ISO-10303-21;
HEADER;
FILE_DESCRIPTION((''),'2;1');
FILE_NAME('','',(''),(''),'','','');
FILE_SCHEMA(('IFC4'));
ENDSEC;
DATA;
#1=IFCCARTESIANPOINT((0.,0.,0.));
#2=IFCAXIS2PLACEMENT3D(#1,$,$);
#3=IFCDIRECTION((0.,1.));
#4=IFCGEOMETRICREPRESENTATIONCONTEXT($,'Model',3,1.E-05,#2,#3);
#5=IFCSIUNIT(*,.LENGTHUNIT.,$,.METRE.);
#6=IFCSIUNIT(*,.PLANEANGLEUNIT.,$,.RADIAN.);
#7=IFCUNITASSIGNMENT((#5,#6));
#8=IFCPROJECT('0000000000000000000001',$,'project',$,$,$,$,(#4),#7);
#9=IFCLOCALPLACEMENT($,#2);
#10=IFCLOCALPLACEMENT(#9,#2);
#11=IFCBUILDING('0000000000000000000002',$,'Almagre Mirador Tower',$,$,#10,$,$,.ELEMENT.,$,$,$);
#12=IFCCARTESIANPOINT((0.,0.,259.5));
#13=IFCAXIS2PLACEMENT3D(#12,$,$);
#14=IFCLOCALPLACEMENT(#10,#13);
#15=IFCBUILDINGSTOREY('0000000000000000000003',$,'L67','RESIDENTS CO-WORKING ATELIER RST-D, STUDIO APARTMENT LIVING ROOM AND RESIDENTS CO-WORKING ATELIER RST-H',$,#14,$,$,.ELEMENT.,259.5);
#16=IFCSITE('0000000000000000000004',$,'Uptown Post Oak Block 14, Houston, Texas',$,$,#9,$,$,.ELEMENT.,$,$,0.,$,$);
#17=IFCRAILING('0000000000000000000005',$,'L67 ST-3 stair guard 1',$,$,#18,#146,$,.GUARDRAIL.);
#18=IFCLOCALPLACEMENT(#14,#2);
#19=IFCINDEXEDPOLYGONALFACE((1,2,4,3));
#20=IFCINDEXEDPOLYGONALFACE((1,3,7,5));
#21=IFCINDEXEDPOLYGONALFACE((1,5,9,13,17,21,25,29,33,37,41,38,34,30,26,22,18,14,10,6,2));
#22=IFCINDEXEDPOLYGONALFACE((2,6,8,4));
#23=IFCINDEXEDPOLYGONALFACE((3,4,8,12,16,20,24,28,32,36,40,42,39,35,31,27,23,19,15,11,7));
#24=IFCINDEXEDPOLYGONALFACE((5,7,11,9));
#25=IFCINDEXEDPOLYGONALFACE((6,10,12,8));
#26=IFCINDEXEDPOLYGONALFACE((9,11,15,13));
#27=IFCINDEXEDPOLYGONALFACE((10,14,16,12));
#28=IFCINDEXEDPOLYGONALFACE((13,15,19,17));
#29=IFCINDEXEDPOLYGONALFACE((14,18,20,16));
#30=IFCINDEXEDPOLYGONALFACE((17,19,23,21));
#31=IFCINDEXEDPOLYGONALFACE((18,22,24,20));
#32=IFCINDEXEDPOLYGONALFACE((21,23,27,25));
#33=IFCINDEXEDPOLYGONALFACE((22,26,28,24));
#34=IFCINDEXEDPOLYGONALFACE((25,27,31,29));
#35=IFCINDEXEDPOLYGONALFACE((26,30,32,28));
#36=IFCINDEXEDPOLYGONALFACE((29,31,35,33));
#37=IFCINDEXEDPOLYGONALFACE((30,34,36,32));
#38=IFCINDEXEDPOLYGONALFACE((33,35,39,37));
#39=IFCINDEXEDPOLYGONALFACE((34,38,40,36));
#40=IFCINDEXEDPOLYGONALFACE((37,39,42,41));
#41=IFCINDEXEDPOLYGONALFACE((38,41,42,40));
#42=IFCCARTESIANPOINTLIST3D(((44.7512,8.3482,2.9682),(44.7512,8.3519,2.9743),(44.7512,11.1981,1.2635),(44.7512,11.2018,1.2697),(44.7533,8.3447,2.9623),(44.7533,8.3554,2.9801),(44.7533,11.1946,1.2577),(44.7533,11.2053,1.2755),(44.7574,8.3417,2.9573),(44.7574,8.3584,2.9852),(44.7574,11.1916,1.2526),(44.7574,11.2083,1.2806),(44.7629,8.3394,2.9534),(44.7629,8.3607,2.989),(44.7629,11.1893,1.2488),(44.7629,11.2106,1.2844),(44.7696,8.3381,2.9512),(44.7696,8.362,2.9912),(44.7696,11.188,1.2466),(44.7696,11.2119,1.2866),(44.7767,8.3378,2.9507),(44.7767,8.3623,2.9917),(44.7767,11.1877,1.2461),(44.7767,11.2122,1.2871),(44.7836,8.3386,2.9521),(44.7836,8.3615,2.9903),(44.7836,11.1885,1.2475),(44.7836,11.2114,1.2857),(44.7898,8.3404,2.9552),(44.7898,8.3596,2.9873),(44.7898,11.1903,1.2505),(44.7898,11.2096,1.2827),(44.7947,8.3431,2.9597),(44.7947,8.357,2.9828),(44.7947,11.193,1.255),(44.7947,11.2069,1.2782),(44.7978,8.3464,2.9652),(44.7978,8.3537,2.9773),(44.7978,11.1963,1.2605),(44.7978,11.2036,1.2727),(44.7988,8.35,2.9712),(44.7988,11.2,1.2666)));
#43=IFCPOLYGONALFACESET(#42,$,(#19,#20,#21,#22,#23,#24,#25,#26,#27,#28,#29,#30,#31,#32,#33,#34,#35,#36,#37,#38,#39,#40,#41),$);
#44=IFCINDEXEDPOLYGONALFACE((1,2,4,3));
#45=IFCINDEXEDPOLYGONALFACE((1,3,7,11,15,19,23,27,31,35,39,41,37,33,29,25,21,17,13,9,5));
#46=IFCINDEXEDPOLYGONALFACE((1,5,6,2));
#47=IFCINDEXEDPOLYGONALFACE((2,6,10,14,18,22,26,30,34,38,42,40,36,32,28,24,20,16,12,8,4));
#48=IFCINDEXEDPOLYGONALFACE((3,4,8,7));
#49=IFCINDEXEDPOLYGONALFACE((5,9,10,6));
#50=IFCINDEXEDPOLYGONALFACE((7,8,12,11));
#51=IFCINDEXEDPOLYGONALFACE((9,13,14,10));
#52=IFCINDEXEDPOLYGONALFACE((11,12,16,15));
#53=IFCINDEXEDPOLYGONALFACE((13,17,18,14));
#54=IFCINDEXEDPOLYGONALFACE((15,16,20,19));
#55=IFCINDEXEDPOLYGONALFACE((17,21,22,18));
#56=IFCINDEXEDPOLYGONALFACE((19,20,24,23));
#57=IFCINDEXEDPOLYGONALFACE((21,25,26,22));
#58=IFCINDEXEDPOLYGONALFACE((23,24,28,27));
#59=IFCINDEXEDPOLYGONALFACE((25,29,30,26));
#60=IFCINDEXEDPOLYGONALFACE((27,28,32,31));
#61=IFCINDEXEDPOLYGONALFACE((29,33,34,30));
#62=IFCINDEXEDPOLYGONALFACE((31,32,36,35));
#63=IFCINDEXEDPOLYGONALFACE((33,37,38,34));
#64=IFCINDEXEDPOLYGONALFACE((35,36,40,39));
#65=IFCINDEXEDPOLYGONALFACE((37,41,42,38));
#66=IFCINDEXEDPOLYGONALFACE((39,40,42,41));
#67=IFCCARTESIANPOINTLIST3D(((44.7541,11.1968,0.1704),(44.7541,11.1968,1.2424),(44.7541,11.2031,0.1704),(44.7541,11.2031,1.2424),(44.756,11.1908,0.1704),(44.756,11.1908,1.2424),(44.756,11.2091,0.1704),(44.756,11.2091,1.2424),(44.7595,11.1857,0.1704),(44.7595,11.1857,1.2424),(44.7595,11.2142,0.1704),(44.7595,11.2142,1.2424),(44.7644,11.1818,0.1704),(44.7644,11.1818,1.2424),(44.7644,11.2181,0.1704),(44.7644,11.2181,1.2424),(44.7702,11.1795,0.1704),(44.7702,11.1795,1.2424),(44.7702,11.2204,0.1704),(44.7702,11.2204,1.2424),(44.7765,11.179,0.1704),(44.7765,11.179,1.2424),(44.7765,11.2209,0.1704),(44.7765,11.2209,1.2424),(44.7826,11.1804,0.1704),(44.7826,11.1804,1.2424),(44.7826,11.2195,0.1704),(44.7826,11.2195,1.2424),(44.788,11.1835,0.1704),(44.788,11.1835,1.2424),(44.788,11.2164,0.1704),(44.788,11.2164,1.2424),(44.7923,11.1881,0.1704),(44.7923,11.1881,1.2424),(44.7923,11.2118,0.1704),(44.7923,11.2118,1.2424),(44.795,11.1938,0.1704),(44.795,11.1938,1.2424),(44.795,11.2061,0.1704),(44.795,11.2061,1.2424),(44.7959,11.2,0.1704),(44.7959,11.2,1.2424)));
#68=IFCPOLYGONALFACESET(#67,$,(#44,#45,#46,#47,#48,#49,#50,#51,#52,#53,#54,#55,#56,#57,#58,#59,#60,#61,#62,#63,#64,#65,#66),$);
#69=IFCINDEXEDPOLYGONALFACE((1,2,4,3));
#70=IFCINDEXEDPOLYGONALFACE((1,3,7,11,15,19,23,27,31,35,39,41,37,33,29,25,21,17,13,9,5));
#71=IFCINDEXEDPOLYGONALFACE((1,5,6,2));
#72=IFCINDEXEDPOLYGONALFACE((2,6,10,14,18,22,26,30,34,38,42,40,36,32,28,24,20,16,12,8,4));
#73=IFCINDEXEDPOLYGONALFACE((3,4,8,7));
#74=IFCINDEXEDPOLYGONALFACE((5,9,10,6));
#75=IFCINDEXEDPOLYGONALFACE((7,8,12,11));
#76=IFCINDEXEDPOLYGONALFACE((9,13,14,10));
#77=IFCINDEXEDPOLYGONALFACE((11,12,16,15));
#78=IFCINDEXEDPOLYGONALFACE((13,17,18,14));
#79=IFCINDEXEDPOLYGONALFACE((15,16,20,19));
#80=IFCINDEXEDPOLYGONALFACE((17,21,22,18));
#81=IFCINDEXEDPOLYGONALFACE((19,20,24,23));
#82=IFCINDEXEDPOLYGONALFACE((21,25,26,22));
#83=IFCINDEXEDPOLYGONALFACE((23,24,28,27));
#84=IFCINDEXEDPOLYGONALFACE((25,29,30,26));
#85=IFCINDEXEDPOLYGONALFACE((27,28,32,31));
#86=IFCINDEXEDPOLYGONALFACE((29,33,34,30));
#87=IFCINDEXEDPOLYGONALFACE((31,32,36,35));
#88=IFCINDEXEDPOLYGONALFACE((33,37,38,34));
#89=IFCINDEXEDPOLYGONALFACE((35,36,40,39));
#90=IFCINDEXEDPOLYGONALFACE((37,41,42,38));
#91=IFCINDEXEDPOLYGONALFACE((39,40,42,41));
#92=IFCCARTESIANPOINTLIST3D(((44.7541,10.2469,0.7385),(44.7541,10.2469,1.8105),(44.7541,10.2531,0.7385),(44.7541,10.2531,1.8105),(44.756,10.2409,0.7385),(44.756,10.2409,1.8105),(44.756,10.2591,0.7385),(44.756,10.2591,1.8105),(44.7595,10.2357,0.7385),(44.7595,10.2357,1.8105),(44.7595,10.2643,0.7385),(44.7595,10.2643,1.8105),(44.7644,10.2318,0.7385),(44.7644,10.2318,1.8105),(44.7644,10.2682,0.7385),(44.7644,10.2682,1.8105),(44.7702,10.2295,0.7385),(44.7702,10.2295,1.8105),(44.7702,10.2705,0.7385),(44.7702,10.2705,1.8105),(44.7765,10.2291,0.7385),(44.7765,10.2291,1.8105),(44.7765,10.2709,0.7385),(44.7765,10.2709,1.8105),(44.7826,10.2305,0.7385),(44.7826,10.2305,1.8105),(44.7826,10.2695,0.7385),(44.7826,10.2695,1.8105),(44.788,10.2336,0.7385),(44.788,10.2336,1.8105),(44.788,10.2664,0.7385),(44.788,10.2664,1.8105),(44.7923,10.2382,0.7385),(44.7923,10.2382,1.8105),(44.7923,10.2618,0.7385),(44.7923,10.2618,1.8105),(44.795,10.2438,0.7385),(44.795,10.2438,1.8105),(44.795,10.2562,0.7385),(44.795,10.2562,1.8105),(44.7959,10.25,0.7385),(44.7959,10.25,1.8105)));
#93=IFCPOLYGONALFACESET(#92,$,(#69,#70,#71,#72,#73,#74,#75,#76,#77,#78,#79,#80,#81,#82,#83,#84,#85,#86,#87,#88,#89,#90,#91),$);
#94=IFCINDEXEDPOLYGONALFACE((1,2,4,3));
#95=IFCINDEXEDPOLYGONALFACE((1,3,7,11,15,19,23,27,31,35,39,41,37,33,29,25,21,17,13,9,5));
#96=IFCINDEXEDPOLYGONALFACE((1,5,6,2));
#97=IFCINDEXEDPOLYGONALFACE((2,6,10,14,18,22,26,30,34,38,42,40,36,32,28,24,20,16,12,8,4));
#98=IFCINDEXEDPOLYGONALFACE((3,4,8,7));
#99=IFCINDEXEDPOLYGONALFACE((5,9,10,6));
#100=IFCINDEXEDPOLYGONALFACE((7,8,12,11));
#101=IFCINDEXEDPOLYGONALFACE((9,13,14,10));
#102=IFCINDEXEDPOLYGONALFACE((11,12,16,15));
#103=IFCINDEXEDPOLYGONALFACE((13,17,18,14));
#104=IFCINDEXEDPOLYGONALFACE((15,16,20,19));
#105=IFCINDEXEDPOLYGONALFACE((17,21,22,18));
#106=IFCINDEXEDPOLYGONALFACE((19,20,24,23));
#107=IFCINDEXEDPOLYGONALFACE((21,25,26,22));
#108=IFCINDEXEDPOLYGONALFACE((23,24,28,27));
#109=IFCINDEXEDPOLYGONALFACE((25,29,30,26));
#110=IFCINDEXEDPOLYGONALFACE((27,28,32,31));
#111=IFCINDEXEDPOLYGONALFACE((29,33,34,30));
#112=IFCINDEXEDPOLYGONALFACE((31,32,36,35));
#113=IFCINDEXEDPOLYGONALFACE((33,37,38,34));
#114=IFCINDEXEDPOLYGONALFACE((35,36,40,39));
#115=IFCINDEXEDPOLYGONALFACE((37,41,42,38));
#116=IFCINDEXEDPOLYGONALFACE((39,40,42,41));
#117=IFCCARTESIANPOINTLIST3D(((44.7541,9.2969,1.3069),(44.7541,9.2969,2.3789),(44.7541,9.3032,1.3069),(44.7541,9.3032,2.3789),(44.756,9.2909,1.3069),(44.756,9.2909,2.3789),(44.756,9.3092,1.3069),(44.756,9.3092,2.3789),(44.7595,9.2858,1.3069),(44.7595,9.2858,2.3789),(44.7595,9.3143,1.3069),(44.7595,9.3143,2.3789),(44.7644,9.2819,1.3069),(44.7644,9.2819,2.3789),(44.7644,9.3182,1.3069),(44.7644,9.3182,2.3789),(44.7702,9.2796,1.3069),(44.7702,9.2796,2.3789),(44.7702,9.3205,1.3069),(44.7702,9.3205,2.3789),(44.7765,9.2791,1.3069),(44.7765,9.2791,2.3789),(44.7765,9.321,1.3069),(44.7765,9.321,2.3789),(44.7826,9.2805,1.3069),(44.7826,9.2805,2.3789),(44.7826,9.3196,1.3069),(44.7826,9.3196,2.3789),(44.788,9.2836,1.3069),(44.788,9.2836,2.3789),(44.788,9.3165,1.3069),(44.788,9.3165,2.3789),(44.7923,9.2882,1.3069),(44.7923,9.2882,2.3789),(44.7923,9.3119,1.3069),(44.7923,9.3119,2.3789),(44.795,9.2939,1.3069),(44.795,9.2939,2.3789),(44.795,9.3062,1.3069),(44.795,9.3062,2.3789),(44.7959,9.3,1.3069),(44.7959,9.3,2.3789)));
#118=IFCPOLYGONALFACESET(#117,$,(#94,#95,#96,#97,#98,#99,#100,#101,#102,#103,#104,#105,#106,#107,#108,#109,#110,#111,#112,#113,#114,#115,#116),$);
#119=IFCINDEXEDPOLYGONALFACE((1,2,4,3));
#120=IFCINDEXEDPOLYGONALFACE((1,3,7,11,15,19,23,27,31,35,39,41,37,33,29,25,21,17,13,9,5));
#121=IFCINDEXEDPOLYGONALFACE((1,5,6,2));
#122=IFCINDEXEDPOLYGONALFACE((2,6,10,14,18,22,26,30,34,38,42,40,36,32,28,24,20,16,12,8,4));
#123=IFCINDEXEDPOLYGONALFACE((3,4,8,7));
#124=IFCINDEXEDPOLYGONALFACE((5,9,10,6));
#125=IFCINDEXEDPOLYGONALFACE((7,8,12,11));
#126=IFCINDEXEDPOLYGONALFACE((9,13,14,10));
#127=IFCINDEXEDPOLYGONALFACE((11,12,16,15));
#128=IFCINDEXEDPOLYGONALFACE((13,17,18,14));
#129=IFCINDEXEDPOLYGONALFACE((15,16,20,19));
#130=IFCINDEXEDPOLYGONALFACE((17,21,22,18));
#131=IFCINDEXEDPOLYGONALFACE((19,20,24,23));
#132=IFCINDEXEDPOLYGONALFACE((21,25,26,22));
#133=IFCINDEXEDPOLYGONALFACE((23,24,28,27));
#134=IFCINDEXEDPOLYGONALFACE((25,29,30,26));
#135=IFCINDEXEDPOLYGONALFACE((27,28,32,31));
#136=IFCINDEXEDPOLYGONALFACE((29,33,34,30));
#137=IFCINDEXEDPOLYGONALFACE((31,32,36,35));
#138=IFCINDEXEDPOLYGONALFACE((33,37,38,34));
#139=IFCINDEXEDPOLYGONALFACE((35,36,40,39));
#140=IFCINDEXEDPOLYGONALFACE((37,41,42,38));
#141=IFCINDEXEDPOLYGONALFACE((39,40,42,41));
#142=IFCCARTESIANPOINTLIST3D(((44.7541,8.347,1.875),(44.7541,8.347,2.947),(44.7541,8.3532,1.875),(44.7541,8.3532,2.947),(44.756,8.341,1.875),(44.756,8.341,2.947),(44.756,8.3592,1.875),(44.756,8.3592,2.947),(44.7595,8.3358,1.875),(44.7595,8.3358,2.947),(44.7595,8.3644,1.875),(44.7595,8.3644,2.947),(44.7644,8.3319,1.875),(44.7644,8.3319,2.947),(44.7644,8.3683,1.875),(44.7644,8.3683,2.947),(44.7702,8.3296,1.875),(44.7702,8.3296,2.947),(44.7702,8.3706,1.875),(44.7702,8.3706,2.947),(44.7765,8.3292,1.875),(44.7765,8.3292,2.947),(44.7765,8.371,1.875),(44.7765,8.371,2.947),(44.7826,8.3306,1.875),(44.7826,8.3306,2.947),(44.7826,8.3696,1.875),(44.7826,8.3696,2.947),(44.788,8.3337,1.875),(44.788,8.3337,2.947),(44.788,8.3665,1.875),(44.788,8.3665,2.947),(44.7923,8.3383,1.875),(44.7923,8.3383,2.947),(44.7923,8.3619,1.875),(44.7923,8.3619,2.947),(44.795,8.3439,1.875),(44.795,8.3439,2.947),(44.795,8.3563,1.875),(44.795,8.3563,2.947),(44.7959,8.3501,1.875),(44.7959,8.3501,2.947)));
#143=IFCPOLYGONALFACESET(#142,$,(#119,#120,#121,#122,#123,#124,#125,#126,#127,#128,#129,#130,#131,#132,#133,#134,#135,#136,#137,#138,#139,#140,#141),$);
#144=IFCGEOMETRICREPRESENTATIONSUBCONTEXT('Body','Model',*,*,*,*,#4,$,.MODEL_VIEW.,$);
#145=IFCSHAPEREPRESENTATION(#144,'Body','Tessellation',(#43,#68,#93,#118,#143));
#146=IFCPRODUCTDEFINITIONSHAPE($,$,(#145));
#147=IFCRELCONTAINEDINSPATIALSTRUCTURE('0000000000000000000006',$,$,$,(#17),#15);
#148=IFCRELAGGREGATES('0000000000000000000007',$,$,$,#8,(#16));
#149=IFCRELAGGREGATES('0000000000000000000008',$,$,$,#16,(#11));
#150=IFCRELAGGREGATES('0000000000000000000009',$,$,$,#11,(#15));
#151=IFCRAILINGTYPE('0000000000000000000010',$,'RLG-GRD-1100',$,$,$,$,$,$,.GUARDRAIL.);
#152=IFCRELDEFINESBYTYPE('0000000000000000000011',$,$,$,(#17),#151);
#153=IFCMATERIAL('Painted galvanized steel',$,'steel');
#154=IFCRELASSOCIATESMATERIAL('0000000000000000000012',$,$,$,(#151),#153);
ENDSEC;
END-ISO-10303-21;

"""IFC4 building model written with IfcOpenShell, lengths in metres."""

from ifc_helpers import new_model, si_unit, direction, frame, origin, origin_2d, place, context, subcontext, project, spatial, circle, extrude, material, type_object, element, save


model = new_model("IFC4")

# Units and contexts
model_context = context("Model", 3, precision=1e-05, world=origin(), true_north=direction((0.0, 1.0)))
body_context = subcontext(model_context, "Body", "Model", "MODEL_VIEW")
ifc_project = project(units=[si_unit("LENGTHUNIT", "METRE"), si_unit("PLANEANGLEUNIT", "RADIAN")], contexts=[model_context])

# Site, building, storey
site_placement = place(None, origin())
site = spatial("IfcSite", under=ifc_project, at=site_placement, Name="Uptown Post Oak Block 14, Houston, Texas", CompositionType="ELEMENT", RefElevation=0.0)
building_placement = place(site_placement, origin())
building = spatial("IfcBuilding", under=site, at=building_placement, Name="Almagre Mirador Tower", CompositionType="ELEMENT")
storey_placement = place(building_placement, frame((0.0, 0.0, 259.5)))
storey = spatial("IfcBuildingStorey", under=building, at=storey_placement, Name="L67", Description="RESIDENTS CO-WORKING ATELIER RST-D, STUDIO APARTMENT LIVING ROOM AND RESIDENTS CO-WORKING ATELIER RST-H", CompositionType="ELEMENT", Elevation=259.5)

# Railing
ifc_material_1 = material(Name="Painted galvanized steel", Category="steel")
railing_type_1 = type_object("IfcRailingType", Name="RLG-GRD-1100", PredefinedType="GUARDRAIL", material=ifc_material_1)
railing_1_placement = place(storey_placement, frame((44.7749, 11.2, 0.1704)))
element("IfcRailing", 1, at=railing_1_placement, inside=storey, type_object=railing_type_1, Name="L67 ST-3 stair guard 1", PredefinedType="GUARDRAIL", context=body_context, shape_type="SweptSolid", body=[
    extrude(circle(Radius=0.0239, at=origin_2d()), frame((0.0, 0.0, 1.0962), z_axis=(0.0, -0.858199, 0.513317), x_axis=(1.0, 0.0, 0.0)), (0.0, 0.0, 1.0), 3.3208),
    extrude(circle(Radius=0.021, at=origin_2d()), origin(), (0.0, 0.0, 1.0), 1.072),
    extrude(circle(Radius=0.021, at=origin_2d()), frame((0.0, -0.95, 0.5681)), (0.0, 0.0, 1.0), 1.072),
    extrude(circle(Radius=0.021, at=origin_2d()), frame((0.0, -1.8999, 1.1365)), (0.0, 0.0, 1.0), 1.072),
    extrude(circle(Radius=0.021, at=origin_2d()), frame((0.0, -2.8499, 1.7046)), (0.0, 0.0, 1.0), 1.072),
])

save(model, "model.ifc")
